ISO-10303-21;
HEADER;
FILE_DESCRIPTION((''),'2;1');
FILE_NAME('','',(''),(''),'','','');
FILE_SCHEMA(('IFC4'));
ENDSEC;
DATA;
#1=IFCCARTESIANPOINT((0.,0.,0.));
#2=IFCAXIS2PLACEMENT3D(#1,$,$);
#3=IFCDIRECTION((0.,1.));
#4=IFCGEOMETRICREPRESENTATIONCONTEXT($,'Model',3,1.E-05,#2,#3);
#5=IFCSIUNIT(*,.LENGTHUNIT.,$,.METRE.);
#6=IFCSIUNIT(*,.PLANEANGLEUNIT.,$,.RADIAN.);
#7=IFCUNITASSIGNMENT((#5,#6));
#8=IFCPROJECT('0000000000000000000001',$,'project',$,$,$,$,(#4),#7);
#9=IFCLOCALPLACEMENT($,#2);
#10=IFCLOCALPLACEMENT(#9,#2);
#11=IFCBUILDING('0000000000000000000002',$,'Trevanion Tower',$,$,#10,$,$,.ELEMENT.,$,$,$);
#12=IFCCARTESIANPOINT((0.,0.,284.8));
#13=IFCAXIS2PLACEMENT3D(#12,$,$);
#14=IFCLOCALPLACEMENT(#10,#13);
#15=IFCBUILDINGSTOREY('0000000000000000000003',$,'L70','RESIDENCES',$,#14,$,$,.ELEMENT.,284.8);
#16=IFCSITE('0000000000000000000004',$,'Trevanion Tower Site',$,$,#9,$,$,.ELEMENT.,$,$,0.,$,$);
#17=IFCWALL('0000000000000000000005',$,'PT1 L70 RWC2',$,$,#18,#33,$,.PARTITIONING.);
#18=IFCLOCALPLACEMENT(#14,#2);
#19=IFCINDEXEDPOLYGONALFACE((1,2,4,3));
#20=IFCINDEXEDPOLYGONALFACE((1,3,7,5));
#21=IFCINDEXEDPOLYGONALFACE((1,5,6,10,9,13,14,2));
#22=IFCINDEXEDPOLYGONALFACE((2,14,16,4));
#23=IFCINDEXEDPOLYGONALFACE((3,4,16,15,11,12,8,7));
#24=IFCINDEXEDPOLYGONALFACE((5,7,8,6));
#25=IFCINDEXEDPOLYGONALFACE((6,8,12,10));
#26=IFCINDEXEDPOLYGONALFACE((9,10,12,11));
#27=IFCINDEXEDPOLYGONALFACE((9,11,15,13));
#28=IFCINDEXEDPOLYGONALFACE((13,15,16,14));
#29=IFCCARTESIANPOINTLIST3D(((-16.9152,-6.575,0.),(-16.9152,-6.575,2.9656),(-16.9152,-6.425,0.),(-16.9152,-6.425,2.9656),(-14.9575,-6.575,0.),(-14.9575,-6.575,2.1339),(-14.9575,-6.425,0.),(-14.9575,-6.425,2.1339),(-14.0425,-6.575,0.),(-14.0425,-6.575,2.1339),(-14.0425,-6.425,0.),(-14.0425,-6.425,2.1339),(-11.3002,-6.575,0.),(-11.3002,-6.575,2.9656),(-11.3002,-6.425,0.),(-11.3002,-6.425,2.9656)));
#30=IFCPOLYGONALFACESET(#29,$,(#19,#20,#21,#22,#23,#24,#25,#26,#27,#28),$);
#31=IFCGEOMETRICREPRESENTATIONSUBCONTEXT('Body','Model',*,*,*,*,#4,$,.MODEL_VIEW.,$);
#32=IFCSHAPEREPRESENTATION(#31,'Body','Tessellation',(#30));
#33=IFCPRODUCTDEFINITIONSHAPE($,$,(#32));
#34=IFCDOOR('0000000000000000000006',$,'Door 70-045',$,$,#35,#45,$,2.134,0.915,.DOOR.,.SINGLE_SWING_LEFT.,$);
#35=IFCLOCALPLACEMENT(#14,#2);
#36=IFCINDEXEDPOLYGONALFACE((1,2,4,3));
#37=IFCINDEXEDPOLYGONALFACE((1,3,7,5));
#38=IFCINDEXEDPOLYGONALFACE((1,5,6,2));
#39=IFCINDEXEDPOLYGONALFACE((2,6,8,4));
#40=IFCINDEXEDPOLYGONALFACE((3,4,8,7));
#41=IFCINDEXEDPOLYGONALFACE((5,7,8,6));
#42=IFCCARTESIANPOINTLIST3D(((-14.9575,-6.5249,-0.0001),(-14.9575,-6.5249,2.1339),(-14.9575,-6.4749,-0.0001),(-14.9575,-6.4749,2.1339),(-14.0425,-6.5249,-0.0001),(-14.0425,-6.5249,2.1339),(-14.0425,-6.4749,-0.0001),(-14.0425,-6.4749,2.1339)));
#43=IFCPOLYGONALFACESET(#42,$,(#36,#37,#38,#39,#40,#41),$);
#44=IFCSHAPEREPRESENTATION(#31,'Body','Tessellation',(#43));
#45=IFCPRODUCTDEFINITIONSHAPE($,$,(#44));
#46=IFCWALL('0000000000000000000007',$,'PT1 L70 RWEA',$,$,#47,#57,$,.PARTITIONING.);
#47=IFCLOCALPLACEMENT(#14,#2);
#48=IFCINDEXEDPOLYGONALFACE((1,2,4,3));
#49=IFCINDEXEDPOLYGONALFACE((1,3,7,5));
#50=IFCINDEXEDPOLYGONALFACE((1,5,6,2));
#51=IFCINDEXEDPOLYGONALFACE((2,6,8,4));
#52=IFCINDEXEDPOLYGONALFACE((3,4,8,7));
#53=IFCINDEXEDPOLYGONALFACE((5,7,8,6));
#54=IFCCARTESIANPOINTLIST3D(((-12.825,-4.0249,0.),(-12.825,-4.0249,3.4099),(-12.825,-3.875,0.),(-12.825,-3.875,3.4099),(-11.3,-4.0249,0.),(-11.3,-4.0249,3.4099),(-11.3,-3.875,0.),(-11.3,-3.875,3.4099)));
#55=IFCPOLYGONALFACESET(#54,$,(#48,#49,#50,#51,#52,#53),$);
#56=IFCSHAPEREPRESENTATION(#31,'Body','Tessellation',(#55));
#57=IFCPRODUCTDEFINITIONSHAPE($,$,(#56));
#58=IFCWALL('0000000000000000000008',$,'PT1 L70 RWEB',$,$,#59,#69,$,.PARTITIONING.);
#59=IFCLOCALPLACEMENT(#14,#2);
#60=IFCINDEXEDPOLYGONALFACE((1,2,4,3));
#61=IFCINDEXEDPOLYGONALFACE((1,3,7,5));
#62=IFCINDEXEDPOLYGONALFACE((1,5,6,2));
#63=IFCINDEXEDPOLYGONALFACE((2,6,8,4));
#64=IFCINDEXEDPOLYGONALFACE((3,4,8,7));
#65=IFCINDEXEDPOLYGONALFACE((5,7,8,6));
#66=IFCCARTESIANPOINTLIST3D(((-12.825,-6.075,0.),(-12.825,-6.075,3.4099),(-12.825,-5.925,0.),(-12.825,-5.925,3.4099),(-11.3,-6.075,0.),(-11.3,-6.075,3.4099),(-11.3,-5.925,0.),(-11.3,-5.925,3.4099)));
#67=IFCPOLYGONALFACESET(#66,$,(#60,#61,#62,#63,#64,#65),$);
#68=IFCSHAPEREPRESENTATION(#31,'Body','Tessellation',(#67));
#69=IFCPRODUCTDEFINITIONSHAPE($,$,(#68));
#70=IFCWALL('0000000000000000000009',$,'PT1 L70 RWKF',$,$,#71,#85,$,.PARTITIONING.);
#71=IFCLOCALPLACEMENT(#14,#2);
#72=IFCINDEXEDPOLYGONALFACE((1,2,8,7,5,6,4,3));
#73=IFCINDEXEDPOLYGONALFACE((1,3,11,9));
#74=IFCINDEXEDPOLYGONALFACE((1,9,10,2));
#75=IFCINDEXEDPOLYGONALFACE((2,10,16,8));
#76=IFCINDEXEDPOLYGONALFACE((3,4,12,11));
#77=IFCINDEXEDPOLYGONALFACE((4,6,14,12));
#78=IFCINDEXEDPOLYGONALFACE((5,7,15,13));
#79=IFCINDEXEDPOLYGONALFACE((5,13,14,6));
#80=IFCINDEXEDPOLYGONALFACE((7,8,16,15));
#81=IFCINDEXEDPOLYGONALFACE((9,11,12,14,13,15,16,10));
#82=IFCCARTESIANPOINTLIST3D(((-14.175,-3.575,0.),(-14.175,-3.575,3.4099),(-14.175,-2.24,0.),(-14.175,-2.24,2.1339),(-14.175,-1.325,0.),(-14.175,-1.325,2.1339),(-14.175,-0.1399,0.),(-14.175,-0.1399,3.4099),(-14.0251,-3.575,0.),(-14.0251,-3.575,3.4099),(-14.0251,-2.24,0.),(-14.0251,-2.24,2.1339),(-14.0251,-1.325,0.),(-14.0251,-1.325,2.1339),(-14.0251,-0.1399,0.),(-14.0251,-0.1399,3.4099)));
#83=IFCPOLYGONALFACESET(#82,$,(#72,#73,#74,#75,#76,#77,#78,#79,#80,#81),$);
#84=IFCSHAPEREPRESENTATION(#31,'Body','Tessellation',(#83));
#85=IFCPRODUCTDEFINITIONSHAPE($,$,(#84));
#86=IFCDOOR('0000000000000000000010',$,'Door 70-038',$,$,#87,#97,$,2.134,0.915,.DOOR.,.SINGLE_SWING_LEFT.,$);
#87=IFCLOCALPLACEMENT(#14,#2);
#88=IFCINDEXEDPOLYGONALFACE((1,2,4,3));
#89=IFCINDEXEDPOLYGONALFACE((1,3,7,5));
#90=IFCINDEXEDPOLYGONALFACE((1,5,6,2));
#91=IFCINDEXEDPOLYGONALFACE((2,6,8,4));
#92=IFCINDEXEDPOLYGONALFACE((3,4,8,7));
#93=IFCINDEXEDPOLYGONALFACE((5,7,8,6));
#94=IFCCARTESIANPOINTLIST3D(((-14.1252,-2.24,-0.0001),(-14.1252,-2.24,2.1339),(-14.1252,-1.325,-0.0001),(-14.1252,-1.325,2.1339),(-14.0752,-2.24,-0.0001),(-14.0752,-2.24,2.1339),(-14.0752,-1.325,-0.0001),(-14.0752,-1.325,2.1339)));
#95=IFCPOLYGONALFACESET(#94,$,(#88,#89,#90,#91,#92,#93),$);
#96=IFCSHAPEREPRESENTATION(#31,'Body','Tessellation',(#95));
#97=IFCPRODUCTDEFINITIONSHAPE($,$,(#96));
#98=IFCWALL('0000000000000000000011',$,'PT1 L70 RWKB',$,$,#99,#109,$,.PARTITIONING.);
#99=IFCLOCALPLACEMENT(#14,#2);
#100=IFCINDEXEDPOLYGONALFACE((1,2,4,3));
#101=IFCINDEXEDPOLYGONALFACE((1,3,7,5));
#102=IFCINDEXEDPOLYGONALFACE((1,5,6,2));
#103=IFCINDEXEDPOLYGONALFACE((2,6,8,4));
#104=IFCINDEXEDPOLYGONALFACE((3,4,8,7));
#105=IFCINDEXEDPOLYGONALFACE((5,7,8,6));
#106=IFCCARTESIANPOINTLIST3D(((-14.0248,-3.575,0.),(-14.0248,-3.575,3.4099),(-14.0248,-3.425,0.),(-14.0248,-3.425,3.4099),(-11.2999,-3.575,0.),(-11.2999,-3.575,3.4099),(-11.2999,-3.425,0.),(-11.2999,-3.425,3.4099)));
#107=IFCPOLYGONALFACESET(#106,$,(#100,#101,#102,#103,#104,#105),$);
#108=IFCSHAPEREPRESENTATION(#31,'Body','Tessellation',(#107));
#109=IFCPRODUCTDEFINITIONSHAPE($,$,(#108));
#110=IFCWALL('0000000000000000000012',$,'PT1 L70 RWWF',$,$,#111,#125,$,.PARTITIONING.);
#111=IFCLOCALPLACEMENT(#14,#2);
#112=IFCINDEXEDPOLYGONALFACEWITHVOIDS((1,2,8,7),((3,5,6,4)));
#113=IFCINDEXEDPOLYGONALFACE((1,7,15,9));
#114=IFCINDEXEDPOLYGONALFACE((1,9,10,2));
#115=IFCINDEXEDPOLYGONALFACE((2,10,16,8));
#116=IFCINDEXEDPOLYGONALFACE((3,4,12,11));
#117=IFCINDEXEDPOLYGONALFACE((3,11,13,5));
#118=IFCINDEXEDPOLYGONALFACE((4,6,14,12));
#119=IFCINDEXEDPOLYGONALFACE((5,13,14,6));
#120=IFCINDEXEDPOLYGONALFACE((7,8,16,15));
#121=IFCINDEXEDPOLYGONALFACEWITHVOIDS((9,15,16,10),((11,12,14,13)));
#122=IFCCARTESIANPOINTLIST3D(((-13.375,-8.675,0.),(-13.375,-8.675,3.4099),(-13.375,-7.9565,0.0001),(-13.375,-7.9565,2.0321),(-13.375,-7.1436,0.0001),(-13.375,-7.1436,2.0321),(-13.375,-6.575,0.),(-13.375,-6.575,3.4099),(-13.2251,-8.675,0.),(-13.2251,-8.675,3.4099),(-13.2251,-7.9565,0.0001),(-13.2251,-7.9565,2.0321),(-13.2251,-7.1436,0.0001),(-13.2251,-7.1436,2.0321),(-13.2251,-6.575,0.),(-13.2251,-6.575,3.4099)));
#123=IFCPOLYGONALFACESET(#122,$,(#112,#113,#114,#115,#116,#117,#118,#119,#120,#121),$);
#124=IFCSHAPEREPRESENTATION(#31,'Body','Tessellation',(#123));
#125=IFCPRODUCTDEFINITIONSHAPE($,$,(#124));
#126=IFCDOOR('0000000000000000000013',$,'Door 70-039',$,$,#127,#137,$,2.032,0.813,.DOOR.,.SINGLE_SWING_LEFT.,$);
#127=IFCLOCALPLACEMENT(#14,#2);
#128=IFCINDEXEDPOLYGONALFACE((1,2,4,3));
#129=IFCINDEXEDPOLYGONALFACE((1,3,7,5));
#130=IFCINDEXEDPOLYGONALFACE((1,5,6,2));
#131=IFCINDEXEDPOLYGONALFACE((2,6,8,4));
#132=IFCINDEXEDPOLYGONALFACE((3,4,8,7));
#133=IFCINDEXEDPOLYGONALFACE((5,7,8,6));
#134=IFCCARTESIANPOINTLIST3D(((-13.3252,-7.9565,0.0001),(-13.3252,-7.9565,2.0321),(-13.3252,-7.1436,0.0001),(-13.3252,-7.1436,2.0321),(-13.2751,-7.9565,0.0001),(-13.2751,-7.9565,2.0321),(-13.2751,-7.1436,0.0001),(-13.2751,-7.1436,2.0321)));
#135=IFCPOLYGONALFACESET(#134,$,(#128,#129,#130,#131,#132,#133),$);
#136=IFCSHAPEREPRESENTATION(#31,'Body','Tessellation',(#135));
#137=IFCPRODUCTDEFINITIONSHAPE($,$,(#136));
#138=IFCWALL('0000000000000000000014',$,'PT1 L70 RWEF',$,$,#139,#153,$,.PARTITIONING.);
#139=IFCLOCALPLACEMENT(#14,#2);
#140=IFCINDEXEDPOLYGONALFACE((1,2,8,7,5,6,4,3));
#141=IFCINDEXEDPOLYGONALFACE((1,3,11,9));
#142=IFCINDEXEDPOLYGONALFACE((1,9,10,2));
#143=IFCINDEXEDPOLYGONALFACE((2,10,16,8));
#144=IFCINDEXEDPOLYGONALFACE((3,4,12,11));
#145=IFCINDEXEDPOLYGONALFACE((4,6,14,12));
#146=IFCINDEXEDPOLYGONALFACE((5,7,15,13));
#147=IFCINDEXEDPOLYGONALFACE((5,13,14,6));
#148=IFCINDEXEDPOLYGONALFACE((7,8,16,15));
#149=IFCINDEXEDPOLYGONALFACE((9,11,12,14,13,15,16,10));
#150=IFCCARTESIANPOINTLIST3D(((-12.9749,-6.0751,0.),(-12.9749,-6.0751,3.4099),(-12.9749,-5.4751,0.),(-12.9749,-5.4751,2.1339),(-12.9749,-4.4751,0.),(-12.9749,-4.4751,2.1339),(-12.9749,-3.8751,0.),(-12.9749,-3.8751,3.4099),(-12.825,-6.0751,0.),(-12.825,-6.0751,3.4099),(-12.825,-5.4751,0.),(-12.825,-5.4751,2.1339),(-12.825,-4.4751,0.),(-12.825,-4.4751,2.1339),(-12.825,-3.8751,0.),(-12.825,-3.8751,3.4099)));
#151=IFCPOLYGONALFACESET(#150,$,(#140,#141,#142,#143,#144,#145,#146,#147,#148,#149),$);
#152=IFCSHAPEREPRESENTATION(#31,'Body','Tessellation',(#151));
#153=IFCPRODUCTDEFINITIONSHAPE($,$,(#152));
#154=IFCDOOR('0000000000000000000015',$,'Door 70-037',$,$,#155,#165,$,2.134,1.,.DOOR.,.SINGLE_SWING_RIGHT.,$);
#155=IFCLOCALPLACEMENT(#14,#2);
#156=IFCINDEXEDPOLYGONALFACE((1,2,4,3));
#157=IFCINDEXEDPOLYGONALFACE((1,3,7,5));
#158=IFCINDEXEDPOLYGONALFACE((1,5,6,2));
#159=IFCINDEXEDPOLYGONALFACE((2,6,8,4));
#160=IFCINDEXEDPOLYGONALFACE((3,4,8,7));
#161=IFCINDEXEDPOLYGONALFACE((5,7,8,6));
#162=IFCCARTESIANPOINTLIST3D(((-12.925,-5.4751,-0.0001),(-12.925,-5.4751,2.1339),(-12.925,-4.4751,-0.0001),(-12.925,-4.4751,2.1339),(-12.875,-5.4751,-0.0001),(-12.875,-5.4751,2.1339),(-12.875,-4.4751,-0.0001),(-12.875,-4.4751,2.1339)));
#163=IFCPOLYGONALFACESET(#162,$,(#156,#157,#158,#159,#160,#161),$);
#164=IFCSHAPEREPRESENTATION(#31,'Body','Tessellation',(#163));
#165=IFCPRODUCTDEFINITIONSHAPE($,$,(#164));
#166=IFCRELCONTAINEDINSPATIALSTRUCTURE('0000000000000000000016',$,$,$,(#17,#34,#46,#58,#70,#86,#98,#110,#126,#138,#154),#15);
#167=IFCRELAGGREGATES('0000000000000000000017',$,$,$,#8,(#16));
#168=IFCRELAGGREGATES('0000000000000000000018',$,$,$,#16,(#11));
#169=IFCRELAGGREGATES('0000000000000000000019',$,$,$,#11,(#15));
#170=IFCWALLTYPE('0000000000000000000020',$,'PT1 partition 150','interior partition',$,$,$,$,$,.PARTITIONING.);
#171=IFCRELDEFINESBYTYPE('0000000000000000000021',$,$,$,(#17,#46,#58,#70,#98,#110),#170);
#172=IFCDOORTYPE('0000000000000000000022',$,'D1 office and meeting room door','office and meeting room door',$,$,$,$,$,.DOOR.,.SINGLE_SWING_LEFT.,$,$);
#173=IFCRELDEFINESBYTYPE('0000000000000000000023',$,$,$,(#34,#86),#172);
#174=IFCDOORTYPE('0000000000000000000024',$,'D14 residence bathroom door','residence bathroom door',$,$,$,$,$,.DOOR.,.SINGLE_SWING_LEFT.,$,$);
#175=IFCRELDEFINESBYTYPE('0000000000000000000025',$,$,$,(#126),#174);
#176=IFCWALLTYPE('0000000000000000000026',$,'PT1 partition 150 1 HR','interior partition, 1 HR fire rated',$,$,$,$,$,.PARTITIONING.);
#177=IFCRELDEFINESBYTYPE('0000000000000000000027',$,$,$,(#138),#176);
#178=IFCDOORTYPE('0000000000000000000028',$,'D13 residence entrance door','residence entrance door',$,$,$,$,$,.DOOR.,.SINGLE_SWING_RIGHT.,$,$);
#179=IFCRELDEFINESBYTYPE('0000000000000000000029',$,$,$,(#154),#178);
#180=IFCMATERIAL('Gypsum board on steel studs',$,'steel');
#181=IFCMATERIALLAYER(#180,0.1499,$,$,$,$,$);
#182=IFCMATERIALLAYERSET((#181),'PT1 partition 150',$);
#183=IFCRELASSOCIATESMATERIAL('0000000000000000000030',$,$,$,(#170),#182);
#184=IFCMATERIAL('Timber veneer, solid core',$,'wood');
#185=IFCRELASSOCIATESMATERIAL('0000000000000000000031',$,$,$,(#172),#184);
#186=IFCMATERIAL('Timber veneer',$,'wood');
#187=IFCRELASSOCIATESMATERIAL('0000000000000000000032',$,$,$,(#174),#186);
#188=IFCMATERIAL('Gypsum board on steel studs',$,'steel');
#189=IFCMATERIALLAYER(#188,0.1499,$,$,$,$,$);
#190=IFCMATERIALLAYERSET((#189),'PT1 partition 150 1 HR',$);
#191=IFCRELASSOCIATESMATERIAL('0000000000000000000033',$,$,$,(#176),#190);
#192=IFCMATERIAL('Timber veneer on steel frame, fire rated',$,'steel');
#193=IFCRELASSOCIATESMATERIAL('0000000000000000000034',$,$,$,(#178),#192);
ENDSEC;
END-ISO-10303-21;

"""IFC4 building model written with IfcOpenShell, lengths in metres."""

from ifc_helpers import new_model, si_unit, direction, frame, frame_2d, origin, place, context, subcontext, project, spatial, rectangle, extrude, material, layer, layer_set, type_object, element, fill, save


model = new_model("IFC4")

# Units and contexts
model_context = context("Model", 3, precision=1e-05, world=origin(), true_north=direction((0.0, 1.0)))
body_context = subcontext(model_context, "Body", "Model", "MODEL_VIEW")
ifc_project = project(units=[si_unit("LENGTHUNIT", "METRE"), si_unit("PLANEANGLEUNIT", "RADIAN")], contexts=[model_context])

# Site, building, storey
site_placement = place(None, origin())
site = spatial("IfcSite", under=ifc_project, at=site_placement, Name="Trevanion Tower Site", CompositionType="ELEMENT", RefElevation=0.0)
building_placement = place(site_placement, origin())
building = spatial("IfcBuilding", under=site, at=building_placement, Name="Trevanion Tower", CompositionType="ELEMENT")
storey_placement = place(building_placement, frame((0.0, 0.0, 284.8)))
storey = spatial("IfcBuildingStorey", under=building, at=storey_placement, Name="L70", Description="RESIDENCES", CompositionType="ELEMENT", Elevation=284.8)

# Shared definitions
ifc_material_1 = material(Name="Gypsum board on steel studs", Category="steel")
ifc_layer_1 = layer(ifc_material_1, 0.1499)
ifc_layer_set_1 = layer_set([ifc_layer_1], Name="PT1 partition 150")
wall_type_1 = type_object("IfcWallType", Name="PT1 partition 150", Description="interior partition", PredefinedType="PARTITIONING", material=ifc_layer_set_1)
ifc_material_2 = material(Name="Timber veneer, solid core", Category="wood")
door_type_1 = type_object("IfcDoorType", Name="D1 office and meeting room door", Description="office and meeting room door", OperationType="SINGLE_SWING_LEFT", PredefinedType="DOOR", material=ifc_material_2)

# Wall, opening, door
wall_1_placement = place(storey_placement, frame((-11.3, -6.5, 0.0), z_axis=(0.0, 0.0, 1.0), x_axis=(-1.0, 0.0, 0.0)))
wall_1 = element("IfcWall", 1, at=wall_1_placement, inside=storey, type_object=wall_type_1, Name="PT1 L70 RWC2", PredefinedType="PARTITIONING", context=body_context, shape_type="SweptSolid", body=[
    extrude(rectangle(XDim=5.615, YDim=0.1499, at=frame_2d((2.8076, 0.0))), origin(), (0.0, 0.0, 1.0), 2.9656),
])
opening_1_placement = place(wall_1_placement, frame((2.7424, 0.0, 0.0)))
opening_1 = element("IfcOpeningElement", 2, at=opening_1_placement, cuts=wall_1, PredefinedType="OPENING", context=body_context, shape_type="SweptSolid", body=[
    extrude(rectangle(XDim=0.915, YDim=2.134, at=frame_2d((0.4575, 1.0669))), frame((0.0, 0.085, 0.0), z_axis=(0.0, -1.0, 0.0), x_axis=(1.0, 0.0, 0.0)), (0.0, 0.0, 1.0), 0.1699),
])
door_1_placement = place(opening_1_placement, origin())
door_1 = element("IfcDoor", 3, at=door_1_placement, inside=storey, type_object=door_type_1, Name="Door 70-045", OperationType="SINGLE_SWING_LEFT", OverallHeight=2.134, OverallWidth=0.915, PredefinedType="DOOR", context=body_context, shape_type="SweptSolid", body=[
    extrude(rectangle(XDim=0.915, YDim=2.134, at=frame_2d((0.4575, 1.0669))), frame((0.0, 0.0249, 0.0), z_axis=(0.0, -1.0, 0.0), x_axis=(1.0, 0.0, 0.0)), (0.0, 0.0, 1.0), 0.05),
])
fill(opening_1, door_1)

# Walls
for number, where, z_axis, x_axis, name in (
    (4, (-11.3, -3.95, 0.0), (0.0, 0.0, 1.0), (-1.0, 0.0, 0.0), "PT1 L70 RWEA"),
    (5, (-11.3, -6.0, 0.0), (0.0, 0.0, 1.0), (-1.0, 0.0, 0.0), "PT1 L70 RWEB"),
):
    element("IfcWall", number, at=place(storey_placement, frame(where, z_axis=z_axis, x_axis=x_axis)), inside=storey, type_object=wall_type_1, Name=name, PredefinedType="PARTITIONING", context=body_context, shape_type="SweptSolid", body=[
        extrude(rectangle(XDim=1.5249, YDim=0.1499, at=frame_2d((0.7625, 0.0))), origin(), (0.0, 0.0, 1.0), 3.4099),
    ])

# Wall, opening, door
wall_2_placement = place(storey_placement, frame((-14.1001, -0.1399, 0.0), z_axis=(0.0, 0.0, 1.0), x_axis=(0.0, -1.0, 0.0)))
wall_2 = element("IfcWall", 6, at=wall_2_placement, inside=storey, type_object=wall_type_1, Name="PT1 L70 RWKF", PredefinedType="PARTITIONING", context=body_context, shape_type="SweptSolid", body=[
    extrude(rectangle(XDim=3.4351, YDim=0.1499, at=frame_2d((1.7175, 0.0))), origin(), (0.0, 0.0, 1.0), 3.4099),
])
opening_2_placement = place(wall_2_placement, frame((1.1851, 0.0, 0.0)))
opening_2 = element("IfcOpeningElement", 7, at=opening_2_placement, cuts=wall_2, PredefinedType="OPENING", context=body_context, shape_type="SweptSolid", body=[
    extrude(rectangle(XDim=0.915, YDim=2.134, at=frame_2d((0.4575, 1.0669))), frame((0.0, 0.085, 0.0), z_axis=(0.0, -1.0, 0.0), x_axis=(1.0, 0.0, 0.0)), (0.0, 0.0, 1.0), 0.1699),
])
door_2_placement = place(opening_2_placement, origin())
door_2 = element("IfcDoor", 8, at=door_2_placement, inside=storey, type_object=door_type_1, Name="Door 70-038", OperationType="SINGLE_SWING_LEFT", OverallHeight=2.134, OverallWidth=0.915, PredefinedType="DOOR", context=body_context, shape_type="SweptSolid", body=[
    extrude(rectangle(XDim=0.915, YDim=2.134, at=frame_2d((0.4575, 1.0669))), frame((0.0, 0.0249, 0.0), z_axis=(0.0, -1.0, 0.0), x_axis=(1.0, 0.0, 0.0)), (0.0, 0.0, 1.0), 0.05),
])
fill(opening_2, door_2)

# Wall
wall_3_placement = place(storey_placement, frame((-11.3, -3.5, 0.0), z_axis=(0.0, 0.0, 1.0), x_axis=(-1.0, 0.0, 0.0)))
element("IfcWall", 9, at=wall_3_placement, inside=storey, type_object=wall_type_1, Name="PT1 L70 RWKB", PredefinedType="PARTITIONING", context=body_context, shape_type="SweptSolid", body=[
    extrude(rectangle(XDim=2.7249, YDim=0.1499, at=frame_2d((1.3623, 0.0))), origin(), (0.0, 0.0, 1.0), 3.4099),
])

# Walls, openings, doors
wall_4_placement = place(storey_placement, frame((-13.3, -6.575, 0.0), z_axis=(0.0, 0.0, 1.0), x_axis=(0.0, -1.0, 0.0)))
wall_4 = element("IfcWall", 10, at=wall_4_placement, inside=storey, type_object=wall_type_1, Name="PT1 L70 RWWF", PredefinedType="PARTITIONING", context=body_context, shape_type="SweptSolid", body=[
    extrude(rectangle(XDim=2.1001, YDim=0.1499, at=frame_2d((1.05, 0.0))), origin(), (0.0, 0.0, 1.0), 3.4099),
])
opening_3_placement = place(wall_4_placement, frame((0.5686, 0.0, 0.0)))
opening_3 = element("IfcOpeningElement", 11, at=opening_3_placement, cuts=wall_4, PredefinedType="OPENING", context=body_context, shape_type="SweptSolid", body=[
    extrude(rectangle(XDim=0.813, YDim=2.032, at=frame_2d((0.4065, 1.0161))), frame((0.0, 0.085, 0.0), z_axis=(0.0, -1.0, 0.0), x_axis=(1.0, 0.0, 0.0)), (0.0, 0.0, 1.0), 0.1699),
])
ifc_material_3 = material(Name="Timber veneer", Category="wood")
door_type_2 = type_object("IfcDoorType", Name="D14 residence bathroom door", Description="residence bathroom door", OperationType="SINGLE_SWING_LEFT", PredefinedType="DOOR", material=ifc_material_3)
door_3_placement = place(opening_3_placement, origin())
door_3 = element("IfcDoor", 12, at=door_3_placement, inside=storey, type_object=door_type_2, Name="Door 70-039", OperationType="SINGLE_SWING_LEFT", OverallHeight=2.032, OverallWidth=0.813, PredefinedType="DOOR", context=body_context, shape_type="SweptSolid", body=[
    extrude(rectangle(XDim=0.813, YDim=2.032, at=frame_2d((0.4065, 1.0161))), frame((0.0, 0.0249, 0.0), z_axis=(0.0, -1.0, 0.0), x_axis=(1.0, 0.0, 0.0)), (0.0, 0.0, 1.0), 0.05),
])
fill(opening_3, door_3)
ifc_material_4 = material(Name="Gypsum board on steel studs", Category="steel")
ifc_layer_2 = layer(ifc_material_4, 0.1499)
ifc_layer_set_2 = layer_set([ifc_layer_2], Name="PT1 partition 150 1 HR")
wall_type_2 = type_object("IfcWallType", Name="PT1 partition 150 1 HR", Description="interior partition, 1 HR fire rated", PredefinedType="PARTITIONING", material=ifc_layer_set_2)
wall_5_placement = place(storey_placement, frame((-12.8999, -3.875, 0.0), z_axis=(0.0, 0.0, 1.0), x_axis=(0.0, -1.0, 0.0)))
wall_5 = element("IfcWall", 13, at=wall_5_placement, inside=storey, type_object=wall_type_2, Name="PT1 L70 RWEF", PredefinedType="PARTITIONING", context=body_context, shape_type="SweptSolid", body=[
    extrude(rectangle(XDim=2.2, YDim=0.1499, at=frame_2d((1.1001, 0.0))), origin(), (0.0, 0.0, 1.0), 3.4099),
])
opening_4_placement = place(wall_5_placement, frame((0.6001, 0.0, 0.0)))
opening_4 = element("IfcOpeningElement", 14, at=opening_4_placement, cuts=wall_5, PredefinedType="OPENING", context=body_context, shape_type="SweptSolid", body=[
    extrude(rectangle(XDim=1.0, YDim=2.134, at=frame_2d((0.5, 1.0669))), frame((0.0, 0.085, 0.0), z_axis=(0.0, -1.0, 0.0), x_axis=(1.0, 0.0, 0.0)), (0.0, 0.0, 1.0), 0.1699),
])
ifc_material_5 = material(Name="Timber veneer on steel frame, fire rated", Category="steel")
door_type_3 = type_object("IfcDoorType", Name="D13 residence entrance door", Description="residence entrance door", OperationType="SINGLE_SWING_RIGHT", PredefinedType="DOOR", material=ifc_material_5)
door_4_placement = place(opening_4_placement, origin())
door_4 = element("IfcDoor", 15, at=door_4_placement, inside=storey, type_object=door_type_3, Name="Door 70-037", OperationType="SINGLE_SWING_RIGHT", OverallHeight=2.134, OverallWidth=1.0, PredefinedType="DOOR", context=body_context, shape_type="SweptSolid", body=[
    extrude(rectangle(XDim=1.0, YDim=2.134, at=frame_2d((0.5, 1.0669))), frame((0.0, 0.0249, 0.0), z_axis=(0.0, -1.0, 0.0), x_axis=(1.0, 0.0, 0.0)), (0.0, 0.0, 1.0), 0.05),
])
fill(opening_4, door_4)

save(model, "model.ifc")
